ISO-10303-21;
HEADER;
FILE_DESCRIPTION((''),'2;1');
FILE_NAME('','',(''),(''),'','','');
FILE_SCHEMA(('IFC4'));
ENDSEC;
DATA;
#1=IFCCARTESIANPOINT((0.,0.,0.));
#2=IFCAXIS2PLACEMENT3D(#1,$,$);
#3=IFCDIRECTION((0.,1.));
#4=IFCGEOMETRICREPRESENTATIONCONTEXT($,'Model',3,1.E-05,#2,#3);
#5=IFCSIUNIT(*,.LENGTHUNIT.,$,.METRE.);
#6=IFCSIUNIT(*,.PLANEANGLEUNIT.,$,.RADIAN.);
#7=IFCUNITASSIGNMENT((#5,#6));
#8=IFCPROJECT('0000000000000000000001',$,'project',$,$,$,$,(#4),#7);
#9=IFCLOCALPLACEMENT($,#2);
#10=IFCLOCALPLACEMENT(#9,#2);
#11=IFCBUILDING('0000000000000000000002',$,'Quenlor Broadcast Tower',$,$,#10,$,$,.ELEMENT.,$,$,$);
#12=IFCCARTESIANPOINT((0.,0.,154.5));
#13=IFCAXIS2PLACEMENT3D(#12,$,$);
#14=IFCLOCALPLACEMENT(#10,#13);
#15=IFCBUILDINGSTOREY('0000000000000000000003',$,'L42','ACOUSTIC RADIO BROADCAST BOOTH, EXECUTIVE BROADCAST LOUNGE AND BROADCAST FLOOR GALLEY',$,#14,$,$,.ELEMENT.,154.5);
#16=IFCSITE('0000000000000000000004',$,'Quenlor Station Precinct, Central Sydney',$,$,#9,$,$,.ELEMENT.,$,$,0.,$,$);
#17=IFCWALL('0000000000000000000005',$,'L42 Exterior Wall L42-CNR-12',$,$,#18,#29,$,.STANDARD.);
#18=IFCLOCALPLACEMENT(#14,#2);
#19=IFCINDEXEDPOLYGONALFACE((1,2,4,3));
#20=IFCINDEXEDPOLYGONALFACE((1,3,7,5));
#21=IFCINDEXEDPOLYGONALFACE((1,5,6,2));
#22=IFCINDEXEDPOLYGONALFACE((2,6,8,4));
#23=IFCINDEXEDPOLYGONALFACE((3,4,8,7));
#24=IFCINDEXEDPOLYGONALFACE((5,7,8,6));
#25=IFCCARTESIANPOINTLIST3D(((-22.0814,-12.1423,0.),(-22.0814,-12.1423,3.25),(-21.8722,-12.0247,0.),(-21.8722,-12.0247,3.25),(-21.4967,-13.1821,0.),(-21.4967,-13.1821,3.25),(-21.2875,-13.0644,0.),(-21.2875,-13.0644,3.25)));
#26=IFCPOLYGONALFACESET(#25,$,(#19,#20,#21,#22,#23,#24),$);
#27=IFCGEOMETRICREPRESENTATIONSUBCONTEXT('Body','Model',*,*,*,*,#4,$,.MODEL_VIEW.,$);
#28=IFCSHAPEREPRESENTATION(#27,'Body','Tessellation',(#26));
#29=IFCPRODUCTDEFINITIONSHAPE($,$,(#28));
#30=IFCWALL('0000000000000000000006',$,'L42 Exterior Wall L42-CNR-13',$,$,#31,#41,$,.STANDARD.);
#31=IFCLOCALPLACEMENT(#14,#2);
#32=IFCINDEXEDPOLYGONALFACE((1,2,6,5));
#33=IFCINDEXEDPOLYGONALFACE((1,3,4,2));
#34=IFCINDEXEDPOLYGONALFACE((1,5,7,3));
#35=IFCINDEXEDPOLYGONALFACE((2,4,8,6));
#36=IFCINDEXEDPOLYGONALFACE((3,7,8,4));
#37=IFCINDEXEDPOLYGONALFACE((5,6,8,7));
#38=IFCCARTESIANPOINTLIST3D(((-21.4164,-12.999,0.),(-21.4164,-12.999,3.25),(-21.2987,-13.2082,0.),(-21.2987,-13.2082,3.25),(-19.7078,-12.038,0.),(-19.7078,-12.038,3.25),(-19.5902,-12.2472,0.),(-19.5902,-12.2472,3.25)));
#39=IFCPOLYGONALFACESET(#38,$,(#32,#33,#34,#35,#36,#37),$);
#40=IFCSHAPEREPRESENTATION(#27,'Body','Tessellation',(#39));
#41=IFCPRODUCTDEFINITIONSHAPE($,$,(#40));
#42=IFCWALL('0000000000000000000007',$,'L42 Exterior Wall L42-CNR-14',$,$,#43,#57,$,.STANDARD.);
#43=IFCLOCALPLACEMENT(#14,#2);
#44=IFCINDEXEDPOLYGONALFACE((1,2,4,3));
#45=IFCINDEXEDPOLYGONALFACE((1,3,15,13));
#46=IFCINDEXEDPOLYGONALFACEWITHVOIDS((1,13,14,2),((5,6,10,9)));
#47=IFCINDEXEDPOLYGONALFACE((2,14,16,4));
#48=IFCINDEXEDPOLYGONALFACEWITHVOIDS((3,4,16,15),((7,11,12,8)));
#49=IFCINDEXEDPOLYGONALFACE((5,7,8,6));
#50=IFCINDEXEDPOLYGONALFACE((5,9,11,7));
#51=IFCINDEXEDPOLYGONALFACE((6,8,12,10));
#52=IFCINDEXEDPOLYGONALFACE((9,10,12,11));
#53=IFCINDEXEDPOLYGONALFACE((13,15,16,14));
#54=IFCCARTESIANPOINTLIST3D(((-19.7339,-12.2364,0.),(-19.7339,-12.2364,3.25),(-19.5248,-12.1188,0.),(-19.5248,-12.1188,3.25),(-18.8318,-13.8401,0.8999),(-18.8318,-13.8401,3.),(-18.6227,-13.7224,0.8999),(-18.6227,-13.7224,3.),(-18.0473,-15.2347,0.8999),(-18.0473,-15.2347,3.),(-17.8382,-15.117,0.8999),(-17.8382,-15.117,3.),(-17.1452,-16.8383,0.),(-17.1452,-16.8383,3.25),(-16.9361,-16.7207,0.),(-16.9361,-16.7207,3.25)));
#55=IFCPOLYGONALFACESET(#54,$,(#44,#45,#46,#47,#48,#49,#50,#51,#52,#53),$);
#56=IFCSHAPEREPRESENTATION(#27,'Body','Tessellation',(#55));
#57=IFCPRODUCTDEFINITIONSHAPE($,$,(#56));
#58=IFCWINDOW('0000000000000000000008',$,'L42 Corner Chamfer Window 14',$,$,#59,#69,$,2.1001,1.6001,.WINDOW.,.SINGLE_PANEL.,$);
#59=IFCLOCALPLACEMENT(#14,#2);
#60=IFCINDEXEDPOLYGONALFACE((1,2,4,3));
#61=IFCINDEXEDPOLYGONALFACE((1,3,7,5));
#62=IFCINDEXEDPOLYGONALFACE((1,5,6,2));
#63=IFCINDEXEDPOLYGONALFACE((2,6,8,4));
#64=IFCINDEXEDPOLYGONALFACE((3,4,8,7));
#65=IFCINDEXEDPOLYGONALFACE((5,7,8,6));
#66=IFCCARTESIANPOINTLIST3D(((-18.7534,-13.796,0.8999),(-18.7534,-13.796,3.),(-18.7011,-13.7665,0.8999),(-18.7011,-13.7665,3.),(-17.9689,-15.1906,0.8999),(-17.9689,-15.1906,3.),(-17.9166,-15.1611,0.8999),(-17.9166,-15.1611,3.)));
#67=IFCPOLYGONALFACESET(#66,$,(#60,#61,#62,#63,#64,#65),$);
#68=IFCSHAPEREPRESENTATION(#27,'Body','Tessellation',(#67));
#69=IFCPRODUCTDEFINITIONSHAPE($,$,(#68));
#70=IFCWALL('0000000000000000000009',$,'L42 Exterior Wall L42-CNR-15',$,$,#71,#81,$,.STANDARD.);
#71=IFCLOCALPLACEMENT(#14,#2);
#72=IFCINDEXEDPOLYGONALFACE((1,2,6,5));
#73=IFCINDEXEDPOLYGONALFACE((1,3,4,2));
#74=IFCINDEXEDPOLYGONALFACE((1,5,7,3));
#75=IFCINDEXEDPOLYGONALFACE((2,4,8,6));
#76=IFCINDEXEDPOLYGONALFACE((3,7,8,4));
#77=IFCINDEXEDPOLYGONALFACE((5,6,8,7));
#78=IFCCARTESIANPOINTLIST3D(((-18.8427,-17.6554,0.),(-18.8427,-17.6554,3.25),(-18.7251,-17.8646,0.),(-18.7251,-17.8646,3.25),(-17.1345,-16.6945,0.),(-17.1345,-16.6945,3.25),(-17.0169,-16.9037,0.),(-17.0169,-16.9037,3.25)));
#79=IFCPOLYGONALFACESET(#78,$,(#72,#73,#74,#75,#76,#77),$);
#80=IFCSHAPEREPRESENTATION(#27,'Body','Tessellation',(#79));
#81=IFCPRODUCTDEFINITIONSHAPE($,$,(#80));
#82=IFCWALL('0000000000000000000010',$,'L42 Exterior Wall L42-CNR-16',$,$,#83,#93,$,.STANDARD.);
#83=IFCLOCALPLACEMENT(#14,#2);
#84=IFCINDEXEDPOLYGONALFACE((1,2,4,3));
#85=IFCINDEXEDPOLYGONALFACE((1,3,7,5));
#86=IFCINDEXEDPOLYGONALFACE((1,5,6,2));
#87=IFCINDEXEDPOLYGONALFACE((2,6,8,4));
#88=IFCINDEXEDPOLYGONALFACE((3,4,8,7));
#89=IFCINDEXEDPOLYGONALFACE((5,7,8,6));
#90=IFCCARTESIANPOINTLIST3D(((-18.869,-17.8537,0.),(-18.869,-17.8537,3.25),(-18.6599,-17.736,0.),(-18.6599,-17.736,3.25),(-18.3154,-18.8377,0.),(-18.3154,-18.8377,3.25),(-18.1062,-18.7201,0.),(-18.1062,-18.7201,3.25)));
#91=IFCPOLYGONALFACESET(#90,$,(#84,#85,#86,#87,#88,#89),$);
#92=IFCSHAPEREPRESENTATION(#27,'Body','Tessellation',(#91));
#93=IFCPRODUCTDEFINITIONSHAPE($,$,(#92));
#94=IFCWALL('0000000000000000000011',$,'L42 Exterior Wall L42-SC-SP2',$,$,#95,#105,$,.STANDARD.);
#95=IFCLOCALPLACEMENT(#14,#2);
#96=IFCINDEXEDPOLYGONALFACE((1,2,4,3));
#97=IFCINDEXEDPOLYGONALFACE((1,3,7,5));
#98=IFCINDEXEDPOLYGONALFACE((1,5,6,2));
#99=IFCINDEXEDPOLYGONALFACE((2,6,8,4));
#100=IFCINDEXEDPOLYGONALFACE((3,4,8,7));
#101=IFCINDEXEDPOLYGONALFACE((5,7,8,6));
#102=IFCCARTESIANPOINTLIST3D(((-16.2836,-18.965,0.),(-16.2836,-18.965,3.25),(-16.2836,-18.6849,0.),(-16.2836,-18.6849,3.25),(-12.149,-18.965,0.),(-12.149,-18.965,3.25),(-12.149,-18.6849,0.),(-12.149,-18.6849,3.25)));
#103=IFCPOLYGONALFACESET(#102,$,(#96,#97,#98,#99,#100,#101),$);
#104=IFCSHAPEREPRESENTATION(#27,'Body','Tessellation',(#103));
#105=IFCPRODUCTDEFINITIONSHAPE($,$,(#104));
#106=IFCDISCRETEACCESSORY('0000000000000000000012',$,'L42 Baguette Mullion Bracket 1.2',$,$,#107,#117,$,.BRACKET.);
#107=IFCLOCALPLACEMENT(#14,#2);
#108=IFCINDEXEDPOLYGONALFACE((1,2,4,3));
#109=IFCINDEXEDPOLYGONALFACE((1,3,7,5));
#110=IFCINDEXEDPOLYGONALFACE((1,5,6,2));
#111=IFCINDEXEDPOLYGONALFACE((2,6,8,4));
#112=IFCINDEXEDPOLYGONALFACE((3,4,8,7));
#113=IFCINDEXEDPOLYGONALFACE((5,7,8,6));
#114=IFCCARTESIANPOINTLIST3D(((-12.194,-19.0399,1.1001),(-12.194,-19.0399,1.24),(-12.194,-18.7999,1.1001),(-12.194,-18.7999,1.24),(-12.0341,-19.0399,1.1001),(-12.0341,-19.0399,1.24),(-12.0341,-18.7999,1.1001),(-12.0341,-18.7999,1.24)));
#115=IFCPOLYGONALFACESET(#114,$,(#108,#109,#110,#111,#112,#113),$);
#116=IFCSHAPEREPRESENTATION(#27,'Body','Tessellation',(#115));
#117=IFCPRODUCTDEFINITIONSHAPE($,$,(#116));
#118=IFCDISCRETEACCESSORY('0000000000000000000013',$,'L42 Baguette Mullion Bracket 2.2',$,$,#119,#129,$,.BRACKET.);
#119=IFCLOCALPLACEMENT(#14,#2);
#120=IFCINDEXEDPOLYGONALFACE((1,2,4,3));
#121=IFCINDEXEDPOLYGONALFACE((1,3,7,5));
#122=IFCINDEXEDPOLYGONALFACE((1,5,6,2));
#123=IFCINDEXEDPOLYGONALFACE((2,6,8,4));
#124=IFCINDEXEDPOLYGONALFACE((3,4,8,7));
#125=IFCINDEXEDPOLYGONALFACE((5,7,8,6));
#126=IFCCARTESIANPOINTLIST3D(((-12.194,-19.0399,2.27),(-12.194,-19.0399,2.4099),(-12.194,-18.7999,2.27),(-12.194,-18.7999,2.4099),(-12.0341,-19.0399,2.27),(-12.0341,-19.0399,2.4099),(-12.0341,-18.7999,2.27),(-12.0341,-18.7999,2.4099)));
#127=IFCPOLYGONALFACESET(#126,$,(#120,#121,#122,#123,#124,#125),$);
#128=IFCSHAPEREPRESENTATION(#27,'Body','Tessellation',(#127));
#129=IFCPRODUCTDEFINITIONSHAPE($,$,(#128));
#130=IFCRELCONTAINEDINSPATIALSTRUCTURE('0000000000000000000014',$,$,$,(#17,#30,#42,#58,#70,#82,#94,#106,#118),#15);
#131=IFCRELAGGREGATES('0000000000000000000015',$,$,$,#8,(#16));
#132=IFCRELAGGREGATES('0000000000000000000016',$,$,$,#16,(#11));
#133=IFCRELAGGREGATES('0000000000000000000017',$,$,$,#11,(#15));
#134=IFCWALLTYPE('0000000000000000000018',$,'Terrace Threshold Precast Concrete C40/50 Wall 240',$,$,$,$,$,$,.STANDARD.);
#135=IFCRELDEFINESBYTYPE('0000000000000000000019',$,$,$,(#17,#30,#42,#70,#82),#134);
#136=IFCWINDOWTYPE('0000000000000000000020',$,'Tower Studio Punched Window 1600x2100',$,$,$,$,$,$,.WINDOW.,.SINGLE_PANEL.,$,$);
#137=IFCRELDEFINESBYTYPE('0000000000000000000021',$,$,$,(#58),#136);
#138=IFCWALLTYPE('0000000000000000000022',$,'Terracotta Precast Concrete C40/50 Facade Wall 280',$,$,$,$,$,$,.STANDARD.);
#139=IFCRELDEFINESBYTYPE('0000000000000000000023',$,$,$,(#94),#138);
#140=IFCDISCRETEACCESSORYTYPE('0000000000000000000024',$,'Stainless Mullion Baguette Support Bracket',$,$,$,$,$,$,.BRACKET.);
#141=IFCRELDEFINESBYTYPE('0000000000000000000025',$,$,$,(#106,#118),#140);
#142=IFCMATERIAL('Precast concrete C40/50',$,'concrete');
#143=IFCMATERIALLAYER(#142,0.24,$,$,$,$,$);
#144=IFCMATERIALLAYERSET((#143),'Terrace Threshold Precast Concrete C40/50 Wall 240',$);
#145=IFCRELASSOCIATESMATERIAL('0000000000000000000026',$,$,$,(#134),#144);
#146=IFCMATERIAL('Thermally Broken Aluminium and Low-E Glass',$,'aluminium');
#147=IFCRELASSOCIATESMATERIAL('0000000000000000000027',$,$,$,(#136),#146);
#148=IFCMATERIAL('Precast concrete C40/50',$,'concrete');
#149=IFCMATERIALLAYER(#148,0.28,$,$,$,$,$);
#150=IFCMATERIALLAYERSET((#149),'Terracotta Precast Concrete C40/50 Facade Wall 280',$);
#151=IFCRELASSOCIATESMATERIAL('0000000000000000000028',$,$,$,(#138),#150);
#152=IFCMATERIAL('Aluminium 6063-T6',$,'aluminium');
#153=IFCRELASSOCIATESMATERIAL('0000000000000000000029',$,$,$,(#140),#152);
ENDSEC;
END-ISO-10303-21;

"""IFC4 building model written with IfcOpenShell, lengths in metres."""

from ifc_helpers import new_model, si_unit, direction, frame, frame_2d, origin, origin_2d, place, context, subcontext, project, spatial, rectangle, extrude, material, layer, layer_set, type_object, element, fill, save


model = new_model("IFC4")

# Units and contexts
model_context = context("Model", 3, precision=1e-05, world=origin(), true_north=direction((0.0, 1.0)))
body_context = subcontext(model_context, "Body", "Model", "MODEL_VIEW")
ifc_project = project(units=[si_unit("LENGTHUNIT", "METRE"), si_unit("PLANEANGLEUNIT", "RADIAN")], contexts=[model_context])

# Site, building, storey
site_placement = place(None, origin())
site = spatial("IfcSite", under=ifc_project, at=site_placement, Name="Quenlor Station Precinct, Central Sydney", CompositionType="ELEMENT", RefElevation=0.0)
building_placement = place(site_placement, origin())
building = spatial("IfcBuilding", under=site, at=building_placement, Name="Quenlor Broadcast Tower", CompositionType="ELEMENT")
storey_placement = place(building_placement, frame((0.0, 0.0, 154.5)))
storey = spatial("IfcBuildingStorey", under=building, at=storey_placement, Name="L42", Description="ACOUSTIC RADIO BROADCAST BOOTH, EXECUTIVE BROADCAST LOUNGE AND BROADCAST FLOOR GALLEY", CompositionType="ELEMENT", Elevation=154.5)

# Walls
ifc_material_1 = material(Name="Precast concrete C40/50", Category="concrete")
ifc_layer_1 = layer(ifc_material_1, 0.24)
ifc_layer_set_1 = layer_set([ifc_layer_1], Name="Terrace Threshold Precast Concrete C40/50 Wall 240")
wall_type_1 = type_object("IfcWallType", Name="Terrace Threshold Precast Concrete C40/50 Wall 240", PredefinedType="STANDARD", material=ifc_layer_set_1)
wall_1_placement = place(storey_placement, frame((-21.9768, -12.0835, 0.0), z_axis=(0.0, 0.0, 1.0), x_axis=(0.490154, -0.871636, 0.0)))
element("IfcWall", 1, at=wall_1_placement, inside=storey, type_object=wall_type_1, Name="L42 Exterior Wall L42-CNR-12", PredefinedType="STANDARD", context=body_context, shape_type="SweptSolid", body=[
    extrude(rectangle(XDim=1.1929, YDim=0.24, at=frame_2d((0.5964, 0.0))), origin(), (0.0, 0.0, 1.0), 3.25),
])
wall_2_placement = place(storey_placement, frame((-21.3574, -13.1035, 0.0), z_axis=(0.0, 0.0, 1.0), x_axis=(0.871595, 0.490226, 0.0)))
element("IfcWall", 2, at=wall_2_placement, inside=storey, type_object=wall_type_1, Name="L42 Exterior Wall L42-CNR-13", PredefinedType="STANDARD", context=body_context, shape_type="SweptSolid", body=[
    extrude(rectangle(XDim=1.9602, YDim=0.24, at=frame_2d((0.98, 0.0))), origin(), (0.0, 0.0, 1.0), 3.25),
])

# Wall, opening, window
wall_3_placement = place(storey_placement, frame((-19.6294, -12.1775, 0.0), z_axis=(0.0, 0.0, 1.0), x_axis=(0.490277, -0.871567, 0.0)))
wall_3 = element("IfcWall", 3, at=wall_3_placement, inside=storey, type_object=wall_type_1, Name="L42 Exterior Wall L42-CNR-14", PredefinedType="STANDARD", context=body_context, shape_type="SweptSolid", body=[
    extrude(rectangle(XDim=5.28, YDim=0.24, at=frame_2d((2.6401, 0.0))), origin(), (0.0, 0.0, 1.0), 3.25),
])
opening_placement = place(wall_3_placement, frame((1.8401, 0.0, 0.8999)))
opening = element("IfcOpeningElement", 4, at=opening_placement, cuts=wall_3, PredefinedType="OPENING", context=body_context, shape_type="SweptSolid", body=[
    extrude(rectangle(XDim=1.6001, YDim=2.1001, at=frame_2d((0.8, 1.05))), frame((0.0, 0.1299, 0.0), z_axis=(0.0, -1.0, 0.0), x_axis=(1.0, 0.0, 0.0)), (0.0, 0.0, 1.0), 0.26),
])
ifc_material_2 = material(Name="Thermally Broken Aluminium and Low-E Glass", Category="aluminium")
window_type = type_object("IfcWindowType", Name="Tower Studio Punched Window 1600x2100", PartitioningType="SINGLE_PANEL", PredefinedType="WINDOW", material=ifc_material_2)
window_placement = place(opening_placement, origin())
window = element("IfcWindow", 5, at=window_placement, inside=storey, type_object=window_type, Name="L42 Corner Chamfer Window 14", OverallHeight=2.1001, OverallWidth=1.6001, PartitioningType="SINGLE_PANEL", PredefinedType="WINDOW", context=body_context, shape_type="SweptSolid", body=[
    extrude(rectangle(XDim=1.6001, YDim=2.1001, at=frame_2d((0.8, 1.05))), frame((0.0, 0.03, 0.0), z_axis=(0.0, -1.0, 0.0), x_axis=(1.0, 0.0, 0.0)), (0.0, 0.0, 1.0), 0.0601),
])
fill(opening, window)

# Walls
wall_4_placement = place(storey_placement, frame((-17.0757, -16.7991, 0.0), z_axis=(0.0, 0.0, 1.0), x_axis=(-0.871566, -0.490279, 0.0)))
element("IfcWall", 6, at=wall_4_placement, inside=storey, type_object=wall_type_1, Name="L42 Exterior Wall L42-CNR-15", PredefinedType="STANDARD", context=body_context, shape_type="SweptSolid", body=[
    extrude(rectangle(XDim=1.96, YDim=0.24, at=frame_2d((0.98, 0.0))), origin(), (0.0, 0.0, 1.0), 3.25),
])
wall_5_placement = place(storey_placement, frame((-18.7644, -17.7949, 0.0), z_axis=(0.0, 0.0, 1.0), x_axis=(0.490354, -0.871524, 0.0)))
element("IfcWall", 7, at=wall_5_placement, inside=storey, type_object=wall_type_1, Name="L42 Exterior Wall L42-CNR-16", PredefinedType="STANDARD", context=body_context, shape_type="SweptSolid", body=[
    extrude(rectangle(XDim=1.1292, YDim=0.24, at=frame_2d((0.5645, 0.0))), origin(), (0.0, 0.0, 1.0), 3.25),
])
ifc_material_3 = material(Name="Precast concrete C40/50", Category="concrete")
ifc_layer_2 = layer(ifc_material_3, 0.28)
ifc_layer_set_2 = layer_set([ifc_layer_2], Name="Terracotta Precast Concrete C40/50 Facade Wall 280")
wall_type_2 = type_object("IfcWallType", Name="Terracotta Precast Concrete C40/50 Facade Wall 280", PredefinedType="STANDARD", material=ifc_layer_set_2)
wall_6_placement = place(storey_placement, frame((-12.1489, -18.825, 0.0), z_axis=(0.0, 0.0, 1.0), x_axis=(-1.0, 0.0, 0.0)))
element("IfcWall", 8, at=wall_6_placement, inside=storey, type_object=wall_type_2, Name="L42 Exterior Wall L42-SC-SP2", PredefinedType="STANDARD", context=body_context, shape_type="SweptSolid", body=[
    extrude(rectangle(XDim=4.1345, YDim=0.28, at=frame_2d((2.0674, 0.0))), origin(), (0.0, 0.0, 1.0), 3.25),
])

# Discrete accessories
ifc_material_4 = material(Name="Aluminium 6063-T6", Category="aluminium")
discrete_accessory_type = type_object("IfcDiscreteAccessoryType", Name="Stainless Mullion Baguette Support Bracket", PredefinedType="BRACKET", material=ifc_material_4)
for number, where, z_axis, x_axis, name in (
    (9, (-12.114, -18.9199, 1.1001), (0.0, 0.0, 1.0), (-1.0, 0.0, 0.0), "L42 Baguette Mullion Bracket 1.2"),
    (10, (-12.114, -18.9199, 2.27), (0.0, 0.0, 1.0), (-1.0, 0.0, 0.0), "L42 Baguette Mullion Bracket 2.2"),
):
    element("IfcDiscreteAccessory", number, at=place(storey_placement, frame(where, z_axis=z_axis, x_axis=x_axis)), inside=storey, type_object=discrete_accessory_type, Name=name, PredefinedType="BRACKET", context=body_context, shape_type="SweptSolid", body=[
        extrude(rectangle(XDim=0.1599, YDim=0.24, at=origin_2d()), origin(), (0.0, 0.0, 1.0), 0.1399),
    ])

save(model, "model.ifc")
